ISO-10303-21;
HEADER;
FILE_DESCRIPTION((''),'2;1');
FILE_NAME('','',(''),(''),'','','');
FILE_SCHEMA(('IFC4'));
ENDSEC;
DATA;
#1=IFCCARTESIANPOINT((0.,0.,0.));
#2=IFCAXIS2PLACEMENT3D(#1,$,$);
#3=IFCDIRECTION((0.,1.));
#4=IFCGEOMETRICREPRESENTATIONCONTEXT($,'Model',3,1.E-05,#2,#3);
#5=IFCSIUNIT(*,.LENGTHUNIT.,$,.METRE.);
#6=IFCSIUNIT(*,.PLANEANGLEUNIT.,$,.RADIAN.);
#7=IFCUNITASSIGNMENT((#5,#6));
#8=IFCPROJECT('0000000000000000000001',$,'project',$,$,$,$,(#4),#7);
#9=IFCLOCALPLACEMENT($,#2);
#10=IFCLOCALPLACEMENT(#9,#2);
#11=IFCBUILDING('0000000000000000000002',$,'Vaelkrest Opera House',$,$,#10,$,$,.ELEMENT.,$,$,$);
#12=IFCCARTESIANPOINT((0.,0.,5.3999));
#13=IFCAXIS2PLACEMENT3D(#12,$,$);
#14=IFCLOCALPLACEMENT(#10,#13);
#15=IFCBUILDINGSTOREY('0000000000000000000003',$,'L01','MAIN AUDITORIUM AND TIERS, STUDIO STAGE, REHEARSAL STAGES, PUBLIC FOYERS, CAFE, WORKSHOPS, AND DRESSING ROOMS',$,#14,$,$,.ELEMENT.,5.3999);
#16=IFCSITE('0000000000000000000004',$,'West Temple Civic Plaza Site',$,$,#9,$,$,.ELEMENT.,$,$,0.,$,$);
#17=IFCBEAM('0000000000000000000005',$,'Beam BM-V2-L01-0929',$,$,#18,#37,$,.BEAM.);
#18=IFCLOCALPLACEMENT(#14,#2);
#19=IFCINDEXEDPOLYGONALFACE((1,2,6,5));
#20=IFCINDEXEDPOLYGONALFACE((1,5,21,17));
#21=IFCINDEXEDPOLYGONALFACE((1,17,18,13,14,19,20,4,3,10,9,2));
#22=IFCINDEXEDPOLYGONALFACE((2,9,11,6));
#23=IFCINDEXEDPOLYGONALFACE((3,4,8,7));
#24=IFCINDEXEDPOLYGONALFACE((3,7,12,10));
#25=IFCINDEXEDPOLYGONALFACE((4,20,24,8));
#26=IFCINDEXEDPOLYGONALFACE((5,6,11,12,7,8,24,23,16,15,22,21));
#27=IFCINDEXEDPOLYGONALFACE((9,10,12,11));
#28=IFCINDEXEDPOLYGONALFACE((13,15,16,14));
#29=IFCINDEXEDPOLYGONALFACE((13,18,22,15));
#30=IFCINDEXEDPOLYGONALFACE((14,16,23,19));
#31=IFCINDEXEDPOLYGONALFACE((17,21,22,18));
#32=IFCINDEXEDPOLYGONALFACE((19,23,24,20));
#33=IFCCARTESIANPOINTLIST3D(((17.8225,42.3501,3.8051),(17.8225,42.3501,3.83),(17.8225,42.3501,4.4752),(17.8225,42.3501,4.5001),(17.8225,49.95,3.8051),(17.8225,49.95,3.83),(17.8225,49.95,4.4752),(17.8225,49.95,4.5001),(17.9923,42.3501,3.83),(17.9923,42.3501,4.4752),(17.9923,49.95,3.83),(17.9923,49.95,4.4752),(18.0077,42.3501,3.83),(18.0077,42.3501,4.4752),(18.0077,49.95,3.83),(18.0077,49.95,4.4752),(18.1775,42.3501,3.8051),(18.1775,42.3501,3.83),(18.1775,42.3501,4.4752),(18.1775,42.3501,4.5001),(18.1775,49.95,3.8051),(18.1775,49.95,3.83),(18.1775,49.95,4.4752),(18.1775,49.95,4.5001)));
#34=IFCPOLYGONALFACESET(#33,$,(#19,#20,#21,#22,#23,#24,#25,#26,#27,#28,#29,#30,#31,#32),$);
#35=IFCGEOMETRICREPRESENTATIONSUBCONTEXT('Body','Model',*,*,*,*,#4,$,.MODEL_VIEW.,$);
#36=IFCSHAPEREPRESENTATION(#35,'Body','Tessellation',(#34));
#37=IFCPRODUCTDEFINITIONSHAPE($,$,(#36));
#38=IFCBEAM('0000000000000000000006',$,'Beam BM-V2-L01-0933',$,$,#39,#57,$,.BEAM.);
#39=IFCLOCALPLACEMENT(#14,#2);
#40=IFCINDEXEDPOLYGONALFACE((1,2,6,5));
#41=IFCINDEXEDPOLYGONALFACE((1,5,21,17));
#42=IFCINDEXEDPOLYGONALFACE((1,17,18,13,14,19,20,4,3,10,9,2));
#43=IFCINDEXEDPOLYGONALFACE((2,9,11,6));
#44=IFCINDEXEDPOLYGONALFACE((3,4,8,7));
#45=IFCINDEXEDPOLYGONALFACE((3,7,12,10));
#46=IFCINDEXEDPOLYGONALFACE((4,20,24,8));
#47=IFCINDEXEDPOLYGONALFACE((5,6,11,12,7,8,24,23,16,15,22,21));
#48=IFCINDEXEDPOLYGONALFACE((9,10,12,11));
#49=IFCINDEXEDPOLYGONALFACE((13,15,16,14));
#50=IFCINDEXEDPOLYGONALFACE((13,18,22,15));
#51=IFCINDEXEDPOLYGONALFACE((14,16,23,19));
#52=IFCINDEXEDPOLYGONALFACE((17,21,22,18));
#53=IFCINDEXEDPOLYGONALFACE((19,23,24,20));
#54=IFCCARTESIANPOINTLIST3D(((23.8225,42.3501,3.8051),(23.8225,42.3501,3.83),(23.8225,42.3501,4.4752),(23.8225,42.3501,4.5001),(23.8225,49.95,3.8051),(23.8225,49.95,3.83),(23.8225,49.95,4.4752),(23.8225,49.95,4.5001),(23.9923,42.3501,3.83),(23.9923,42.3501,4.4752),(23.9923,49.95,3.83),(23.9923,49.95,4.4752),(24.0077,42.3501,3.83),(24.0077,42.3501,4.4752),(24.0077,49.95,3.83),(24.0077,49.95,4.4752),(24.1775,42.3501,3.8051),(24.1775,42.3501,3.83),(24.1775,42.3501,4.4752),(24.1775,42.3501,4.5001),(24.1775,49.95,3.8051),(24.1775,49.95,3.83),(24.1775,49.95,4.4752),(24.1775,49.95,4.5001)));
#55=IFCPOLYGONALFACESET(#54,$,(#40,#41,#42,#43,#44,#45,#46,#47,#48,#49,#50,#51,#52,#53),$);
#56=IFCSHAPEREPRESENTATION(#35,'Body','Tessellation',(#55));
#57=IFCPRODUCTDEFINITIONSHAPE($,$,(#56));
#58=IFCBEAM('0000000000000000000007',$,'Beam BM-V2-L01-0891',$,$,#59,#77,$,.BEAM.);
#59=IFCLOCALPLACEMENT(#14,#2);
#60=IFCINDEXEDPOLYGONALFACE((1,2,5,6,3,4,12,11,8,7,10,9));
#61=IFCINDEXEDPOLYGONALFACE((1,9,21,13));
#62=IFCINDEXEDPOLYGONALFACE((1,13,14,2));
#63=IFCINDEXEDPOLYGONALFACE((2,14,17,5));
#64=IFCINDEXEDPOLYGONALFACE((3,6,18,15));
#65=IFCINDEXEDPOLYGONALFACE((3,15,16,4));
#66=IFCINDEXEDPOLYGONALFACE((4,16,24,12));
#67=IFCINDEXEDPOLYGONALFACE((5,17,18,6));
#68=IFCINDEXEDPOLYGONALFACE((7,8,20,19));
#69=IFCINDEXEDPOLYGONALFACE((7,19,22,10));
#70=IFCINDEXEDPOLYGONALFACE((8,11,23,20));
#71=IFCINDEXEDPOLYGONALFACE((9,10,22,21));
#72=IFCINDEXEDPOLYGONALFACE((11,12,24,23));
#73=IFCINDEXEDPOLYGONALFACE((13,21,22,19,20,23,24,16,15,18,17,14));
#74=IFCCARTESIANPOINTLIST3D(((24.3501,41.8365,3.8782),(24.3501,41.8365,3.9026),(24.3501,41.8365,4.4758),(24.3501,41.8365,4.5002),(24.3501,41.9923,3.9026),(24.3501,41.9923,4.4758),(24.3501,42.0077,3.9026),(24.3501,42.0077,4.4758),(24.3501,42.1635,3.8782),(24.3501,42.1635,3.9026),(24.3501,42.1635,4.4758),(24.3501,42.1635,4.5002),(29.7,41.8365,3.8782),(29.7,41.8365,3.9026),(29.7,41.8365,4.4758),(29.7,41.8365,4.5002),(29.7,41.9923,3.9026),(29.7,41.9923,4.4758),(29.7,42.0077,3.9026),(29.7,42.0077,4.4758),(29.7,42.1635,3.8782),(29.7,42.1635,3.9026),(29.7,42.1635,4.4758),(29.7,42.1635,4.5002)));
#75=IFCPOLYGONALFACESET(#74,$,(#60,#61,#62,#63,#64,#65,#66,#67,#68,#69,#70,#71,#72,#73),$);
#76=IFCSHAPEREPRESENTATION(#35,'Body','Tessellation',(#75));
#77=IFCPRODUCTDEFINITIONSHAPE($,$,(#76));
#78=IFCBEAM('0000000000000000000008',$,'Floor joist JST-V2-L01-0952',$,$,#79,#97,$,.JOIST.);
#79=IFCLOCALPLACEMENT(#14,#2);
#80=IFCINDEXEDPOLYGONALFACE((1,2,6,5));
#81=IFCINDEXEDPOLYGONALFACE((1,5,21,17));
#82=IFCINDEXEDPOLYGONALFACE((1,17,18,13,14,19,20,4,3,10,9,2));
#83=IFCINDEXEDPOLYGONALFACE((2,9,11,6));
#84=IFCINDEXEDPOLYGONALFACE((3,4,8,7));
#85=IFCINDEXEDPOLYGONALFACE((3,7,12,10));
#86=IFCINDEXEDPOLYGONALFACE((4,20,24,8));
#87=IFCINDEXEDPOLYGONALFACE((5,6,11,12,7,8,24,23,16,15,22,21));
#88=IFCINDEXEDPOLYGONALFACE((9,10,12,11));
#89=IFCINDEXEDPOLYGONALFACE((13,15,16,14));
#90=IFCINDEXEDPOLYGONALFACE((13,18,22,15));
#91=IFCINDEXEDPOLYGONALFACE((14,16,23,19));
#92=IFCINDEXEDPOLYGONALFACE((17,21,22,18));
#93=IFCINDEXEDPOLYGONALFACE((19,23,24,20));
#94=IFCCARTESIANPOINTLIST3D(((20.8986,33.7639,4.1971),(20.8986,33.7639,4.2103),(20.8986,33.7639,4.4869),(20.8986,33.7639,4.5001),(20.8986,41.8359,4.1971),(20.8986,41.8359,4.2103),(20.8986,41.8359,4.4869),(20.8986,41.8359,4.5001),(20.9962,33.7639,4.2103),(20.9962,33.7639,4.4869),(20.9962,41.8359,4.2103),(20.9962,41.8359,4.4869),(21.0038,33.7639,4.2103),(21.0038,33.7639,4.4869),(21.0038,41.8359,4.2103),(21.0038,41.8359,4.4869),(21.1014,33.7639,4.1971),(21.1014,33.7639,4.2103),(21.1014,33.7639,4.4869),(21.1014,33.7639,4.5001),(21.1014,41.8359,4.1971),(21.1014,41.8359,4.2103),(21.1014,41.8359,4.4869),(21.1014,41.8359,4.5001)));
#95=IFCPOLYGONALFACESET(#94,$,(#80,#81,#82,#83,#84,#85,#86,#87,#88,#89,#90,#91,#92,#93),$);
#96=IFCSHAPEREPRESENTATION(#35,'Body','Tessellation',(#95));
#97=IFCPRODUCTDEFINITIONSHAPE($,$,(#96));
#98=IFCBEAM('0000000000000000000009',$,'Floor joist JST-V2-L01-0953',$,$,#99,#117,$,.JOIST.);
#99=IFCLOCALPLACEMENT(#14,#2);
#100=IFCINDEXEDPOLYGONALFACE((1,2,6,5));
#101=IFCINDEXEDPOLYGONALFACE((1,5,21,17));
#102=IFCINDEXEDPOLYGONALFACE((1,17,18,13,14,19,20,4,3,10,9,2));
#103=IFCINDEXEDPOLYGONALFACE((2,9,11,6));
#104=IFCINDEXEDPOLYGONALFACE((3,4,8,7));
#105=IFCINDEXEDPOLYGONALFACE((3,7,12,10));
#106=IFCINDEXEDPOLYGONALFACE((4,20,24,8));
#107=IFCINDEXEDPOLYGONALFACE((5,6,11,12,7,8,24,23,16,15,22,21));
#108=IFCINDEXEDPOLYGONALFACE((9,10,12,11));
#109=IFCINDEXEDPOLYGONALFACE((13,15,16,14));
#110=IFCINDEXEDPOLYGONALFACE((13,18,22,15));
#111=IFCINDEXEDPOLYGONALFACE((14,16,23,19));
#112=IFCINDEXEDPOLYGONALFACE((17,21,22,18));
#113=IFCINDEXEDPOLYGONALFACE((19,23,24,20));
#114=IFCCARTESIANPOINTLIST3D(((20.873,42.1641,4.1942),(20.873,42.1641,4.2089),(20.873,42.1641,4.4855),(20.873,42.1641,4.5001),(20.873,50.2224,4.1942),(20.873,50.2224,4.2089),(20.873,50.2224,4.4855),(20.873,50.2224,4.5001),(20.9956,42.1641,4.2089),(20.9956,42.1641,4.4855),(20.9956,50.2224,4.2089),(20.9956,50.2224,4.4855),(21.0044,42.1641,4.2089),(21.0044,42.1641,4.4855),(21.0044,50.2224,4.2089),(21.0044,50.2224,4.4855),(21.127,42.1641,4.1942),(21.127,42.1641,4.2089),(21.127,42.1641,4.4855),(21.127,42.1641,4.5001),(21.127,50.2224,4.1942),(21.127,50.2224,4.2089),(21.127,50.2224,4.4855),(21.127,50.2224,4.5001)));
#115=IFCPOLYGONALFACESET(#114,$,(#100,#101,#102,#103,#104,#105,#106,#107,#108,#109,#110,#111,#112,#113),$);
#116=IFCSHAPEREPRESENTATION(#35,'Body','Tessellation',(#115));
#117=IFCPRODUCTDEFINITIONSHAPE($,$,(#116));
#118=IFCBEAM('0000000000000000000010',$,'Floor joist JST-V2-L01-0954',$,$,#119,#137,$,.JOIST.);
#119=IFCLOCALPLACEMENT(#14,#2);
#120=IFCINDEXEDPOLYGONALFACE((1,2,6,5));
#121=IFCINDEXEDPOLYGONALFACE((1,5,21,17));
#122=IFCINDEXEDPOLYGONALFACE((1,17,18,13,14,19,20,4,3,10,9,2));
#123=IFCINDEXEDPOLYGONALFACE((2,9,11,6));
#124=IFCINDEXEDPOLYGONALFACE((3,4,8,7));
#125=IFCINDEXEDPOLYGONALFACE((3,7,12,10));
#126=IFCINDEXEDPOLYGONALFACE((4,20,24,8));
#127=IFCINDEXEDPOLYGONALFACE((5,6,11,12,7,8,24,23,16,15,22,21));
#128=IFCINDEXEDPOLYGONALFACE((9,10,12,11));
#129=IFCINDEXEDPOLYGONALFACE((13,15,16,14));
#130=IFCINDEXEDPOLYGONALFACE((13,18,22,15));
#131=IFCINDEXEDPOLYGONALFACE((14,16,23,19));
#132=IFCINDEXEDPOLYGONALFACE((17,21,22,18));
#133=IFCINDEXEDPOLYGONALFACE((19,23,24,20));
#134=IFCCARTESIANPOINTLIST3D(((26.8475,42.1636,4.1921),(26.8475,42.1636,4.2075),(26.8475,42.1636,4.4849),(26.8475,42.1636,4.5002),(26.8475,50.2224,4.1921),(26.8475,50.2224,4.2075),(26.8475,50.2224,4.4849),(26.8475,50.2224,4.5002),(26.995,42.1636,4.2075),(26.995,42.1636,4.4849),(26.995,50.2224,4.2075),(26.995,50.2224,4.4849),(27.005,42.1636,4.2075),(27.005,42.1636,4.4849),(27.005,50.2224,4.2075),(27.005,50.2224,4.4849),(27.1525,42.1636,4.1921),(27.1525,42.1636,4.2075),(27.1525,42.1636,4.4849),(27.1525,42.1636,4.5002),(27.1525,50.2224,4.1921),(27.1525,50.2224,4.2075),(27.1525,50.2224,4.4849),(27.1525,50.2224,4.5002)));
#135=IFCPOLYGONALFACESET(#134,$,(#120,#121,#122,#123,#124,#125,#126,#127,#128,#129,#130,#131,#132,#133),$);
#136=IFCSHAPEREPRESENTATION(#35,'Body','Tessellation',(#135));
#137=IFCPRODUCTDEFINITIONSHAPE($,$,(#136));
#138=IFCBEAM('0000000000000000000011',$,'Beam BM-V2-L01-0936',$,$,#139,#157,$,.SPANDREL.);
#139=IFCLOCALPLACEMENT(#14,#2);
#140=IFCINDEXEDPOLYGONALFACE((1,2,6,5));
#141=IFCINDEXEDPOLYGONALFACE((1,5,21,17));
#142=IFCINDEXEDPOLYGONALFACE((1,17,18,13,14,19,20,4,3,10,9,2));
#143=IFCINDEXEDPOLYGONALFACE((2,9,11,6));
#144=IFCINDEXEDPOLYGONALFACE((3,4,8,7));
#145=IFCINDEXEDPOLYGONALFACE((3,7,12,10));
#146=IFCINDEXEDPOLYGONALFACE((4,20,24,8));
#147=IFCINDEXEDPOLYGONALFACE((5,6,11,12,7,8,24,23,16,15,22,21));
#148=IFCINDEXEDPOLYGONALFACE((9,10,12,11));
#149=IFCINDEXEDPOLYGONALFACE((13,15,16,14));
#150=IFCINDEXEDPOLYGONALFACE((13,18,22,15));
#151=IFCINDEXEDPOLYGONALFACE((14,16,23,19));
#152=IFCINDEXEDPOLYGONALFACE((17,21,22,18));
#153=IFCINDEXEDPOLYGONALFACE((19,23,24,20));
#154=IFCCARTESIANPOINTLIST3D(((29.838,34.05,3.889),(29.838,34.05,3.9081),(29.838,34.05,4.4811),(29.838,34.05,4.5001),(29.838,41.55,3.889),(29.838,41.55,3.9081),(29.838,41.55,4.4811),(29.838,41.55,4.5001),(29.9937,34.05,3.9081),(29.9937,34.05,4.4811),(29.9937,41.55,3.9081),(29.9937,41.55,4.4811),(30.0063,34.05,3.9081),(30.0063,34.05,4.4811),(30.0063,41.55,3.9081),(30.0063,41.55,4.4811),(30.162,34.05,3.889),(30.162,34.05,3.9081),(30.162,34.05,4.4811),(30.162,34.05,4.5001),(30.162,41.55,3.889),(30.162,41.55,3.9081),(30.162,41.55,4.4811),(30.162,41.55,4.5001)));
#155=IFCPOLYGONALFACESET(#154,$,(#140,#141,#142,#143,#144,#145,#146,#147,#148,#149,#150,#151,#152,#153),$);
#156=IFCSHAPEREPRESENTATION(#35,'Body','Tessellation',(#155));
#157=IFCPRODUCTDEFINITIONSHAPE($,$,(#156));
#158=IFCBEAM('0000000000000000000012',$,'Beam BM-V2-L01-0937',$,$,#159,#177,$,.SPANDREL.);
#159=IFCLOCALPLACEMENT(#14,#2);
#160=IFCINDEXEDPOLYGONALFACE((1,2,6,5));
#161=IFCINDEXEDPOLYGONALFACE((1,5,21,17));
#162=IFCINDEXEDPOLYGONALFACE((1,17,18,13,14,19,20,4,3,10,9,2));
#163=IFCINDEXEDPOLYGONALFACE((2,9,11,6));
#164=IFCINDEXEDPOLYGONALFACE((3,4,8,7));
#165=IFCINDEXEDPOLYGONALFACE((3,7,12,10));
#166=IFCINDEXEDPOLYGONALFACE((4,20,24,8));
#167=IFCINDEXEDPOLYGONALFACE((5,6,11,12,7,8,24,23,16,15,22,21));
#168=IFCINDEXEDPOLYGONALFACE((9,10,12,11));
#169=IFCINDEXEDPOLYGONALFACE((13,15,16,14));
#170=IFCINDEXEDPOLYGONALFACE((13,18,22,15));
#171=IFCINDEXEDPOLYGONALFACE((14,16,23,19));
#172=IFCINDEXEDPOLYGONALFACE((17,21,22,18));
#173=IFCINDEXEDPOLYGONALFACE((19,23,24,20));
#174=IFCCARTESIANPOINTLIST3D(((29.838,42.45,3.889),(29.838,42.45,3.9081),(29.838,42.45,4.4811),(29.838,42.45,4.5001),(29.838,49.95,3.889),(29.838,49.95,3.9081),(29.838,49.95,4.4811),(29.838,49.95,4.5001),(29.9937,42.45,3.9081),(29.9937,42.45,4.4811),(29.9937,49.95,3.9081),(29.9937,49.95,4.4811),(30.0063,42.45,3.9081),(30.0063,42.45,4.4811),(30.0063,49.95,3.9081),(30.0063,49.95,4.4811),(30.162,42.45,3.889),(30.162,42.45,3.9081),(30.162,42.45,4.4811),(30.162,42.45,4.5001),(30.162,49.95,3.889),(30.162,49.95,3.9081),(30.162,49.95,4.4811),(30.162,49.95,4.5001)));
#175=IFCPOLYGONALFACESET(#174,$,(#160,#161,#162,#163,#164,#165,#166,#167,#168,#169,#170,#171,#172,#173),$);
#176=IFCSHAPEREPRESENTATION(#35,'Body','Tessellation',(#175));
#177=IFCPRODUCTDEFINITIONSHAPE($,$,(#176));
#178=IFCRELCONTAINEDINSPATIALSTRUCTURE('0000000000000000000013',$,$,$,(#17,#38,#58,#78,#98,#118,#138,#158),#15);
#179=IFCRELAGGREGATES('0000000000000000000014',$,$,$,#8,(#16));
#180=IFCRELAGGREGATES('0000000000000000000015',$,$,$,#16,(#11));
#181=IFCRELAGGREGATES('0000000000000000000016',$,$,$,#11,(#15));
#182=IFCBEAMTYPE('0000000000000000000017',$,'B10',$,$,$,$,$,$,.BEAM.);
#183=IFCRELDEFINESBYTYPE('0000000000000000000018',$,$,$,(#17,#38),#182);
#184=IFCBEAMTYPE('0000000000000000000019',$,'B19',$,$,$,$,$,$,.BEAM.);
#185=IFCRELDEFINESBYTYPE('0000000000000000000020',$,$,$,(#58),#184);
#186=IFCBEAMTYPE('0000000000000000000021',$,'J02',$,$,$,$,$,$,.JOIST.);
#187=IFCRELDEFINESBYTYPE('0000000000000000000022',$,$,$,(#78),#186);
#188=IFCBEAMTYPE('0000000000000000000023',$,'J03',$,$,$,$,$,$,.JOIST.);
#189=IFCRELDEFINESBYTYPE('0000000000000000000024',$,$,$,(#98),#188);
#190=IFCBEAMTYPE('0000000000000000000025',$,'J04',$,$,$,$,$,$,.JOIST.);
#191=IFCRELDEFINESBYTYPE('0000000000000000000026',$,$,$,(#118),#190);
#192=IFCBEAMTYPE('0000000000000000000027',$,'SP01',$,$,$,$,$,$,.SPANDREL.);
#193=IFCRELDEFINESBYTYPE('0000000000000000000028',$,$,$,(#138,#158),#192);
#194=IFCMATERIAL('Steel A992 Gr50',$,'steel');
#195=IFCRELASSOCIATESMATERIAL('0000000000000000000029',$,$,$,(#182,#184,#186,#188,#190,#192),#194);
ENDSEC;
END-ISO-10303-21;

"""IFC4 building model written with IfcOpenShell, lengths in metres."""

from ifc_helpers import new_model, si_unit, direction, frame, origin, origin_2d, place, context, subcontext, project, spatial, i_section, extrude, material, material_profile, profile_set, type_object, element, save


model = new_model("IFC4")

# Units and contexts
model_context = context("Model", 3, precision=1e-05, world=origin(), true_north=direction((0.0, 1.0)))
body_context = subcontext(model_context, "Body", "Model", "MODEL_VIEW")
ifc_project = project(units=[si_unit("LENGTHUNIT", "METRE"), si_unit("PLANEANGLEUNIT", "RADIAN")], contexts=[model_context])

# Site, building, storey
site_placement = place(None, origin())
site = spatial("IfcSite", under=ifc_project, at=site_placement, Name="West Temple Civic Plaza Site", CompositionType="ELEMENT", RefElevation=0.0)
building_placement = place(site_placement, origin())
building = spatial("IfcBuilding", under=site, at=building_placement, Name="Vaelkrest Opera House", CompositionType="ELEMENT")
storey_placement = place(building_placement, frame((0.0, 0.0, 5.3999)))
storey = spatial("IfcBuildingStorey", under=building, at=storey_placement, Name="L01", Description="MAIN AUDITORIUM AND TIERS, STUDIO STAGE, REHEARSAL STAGES, PUBLIC FOYERS, CAFE, WORKSHOPS, AND DRESSING ROOMS", CompositionType="ELEMENT", Elevation=5.3999)

# Beams
ifc_material_1 = material(Name="Steel A992 Gr50", Category="steel")
ifc_material_profile_1 = material_profile(ifc_material_1, i_section(OverallWidth=0.355, OverallDepth=0.6951, WebThickness=0.0154, FlangeThickness=0.0249, at=origin_2d()), Name="W27X146")
ifc_profile_set_1 = profile_set([ifc_material_profile_1], Name="Steel A992 Gr50")
beam_type_1 = type_object("IfcBeamType", Name="B10", PredefinedType="BEAM", material=ifc_profile_set_1)
for number, where, z_axis, x_axis, name in (
    (1, (18.0, 42.3501, 4.1526), (0.0, 1.0, 0.0), (-1.0, 0.0, 0.0), "Beam BM-V2-L01-0929"),
    (2, (24.0, 42.3501, 4.1526), (0.0, 1.0, 0.0), (-1.0, 0.0, 0.0), "Beam BM-V2-L01-0933"),
):
    element("IfcBeam", number, at=place(storey_placement, frame(where, z_axis=z_axis, x_axis=x_axis)), inside=storey, type_object=beam_type_1, Name=name, PredefinedType="BEAM", context=body_context, shape_type="SweptSolid", body=[
        extrude(i_section(OverallWidth=0.355, OverallDepth=0.6951, WebThickness=0.0154, FlangeThickness=0.0249, at=origin_2d()), origin(), (0.0, 0.0, 1.0), 7.5999),
    ])
ifc_material_profile_2 = material_profile(ifc_material_1, i_section(OverallWidth=0.3269, OverallDepth=0.6221, WebThickness=0.0154, FlangeThickness=0.0244, at=origin_2d()), Name="W24X131")
ifc_profile_set_2 = profile_set([ifc_material_profile_2], Name="Steel A992 Gr50")
beam_type_2 = type_object("IfcBeamType", Name="B19", PredefinedType="BEAM", material=ifc_profile_set_2)
beam_1_placement = place(storey_placement, frame((24.3501, 42.0, 4.1892), z_axis=(1.0, 0.0, 0.0), x_axis=(0.0, 1.0, 0.0)))
element("IfcBeam", 3, at=beam_1_placement, inside=storey, type_object=beam_type_2, Name="Beam BM-V2-L01-0891", PredefinedType="BEAM", context=body_context, shape_type="SweptSolid", body=[
    extrude(i_section(OverallWidth=0.3269, OverallDepth=0.6221, WebThickness=0.0154, FlangeThickness=0.0244, at=origin_2d()), origin(), (0.0, 0.0, 1.0), 5.3499),
])
ifc_material_profile_3 = material_profile(ifc_material_1, i_section(OverallWidth=0.2029, OverallDepth=0.303, WebThickness=0.0076, FlangeThickness=0.0132, at=origin_2d()), Name="W12X40")
ifc_profile_set_3 = profile_set([ifc_material_profile_3], Name="Steel A992 Gr50")
beam_type_3 = type_object("IfcBeamType", Name="J02", PredefinedType="JOIST", material=ifc_profile_set_3)
beam_2_placement = place(storey_placement, frame((21.0, 33.7639, 4.3486), z_axis=(0.0, 1.0, 0.0), x_axis=(-1.0, 0.0, 0.0)))
element("IfcBeam", 4, at=beam_2_placement, inside=storey, type_object=beam_type_3, Name="Floor joist JST-V2-L01-0952", PredefinedType="JOIST", context=body_context, shape_type="SweptSolid", body=[
    extrude(i_section(OverallWidth=0.2029, OverallDepth=0.303, WebThickness=0.0076, FlangeThickness=0.0132, at=origin_2d()), origin(), (0.0, 0.0, 1.0), 8.072),
])
ifc_material_profile_4 = material_profile(ifc_material_1, i_section(OverallWidth=0.2539, OverallDepth=0.3059, WebThickness=0.0088, FlangeThickness=0.0146, at=origin_2d()), Name="W12X53")
ifc_profile_set_4 = profile_set([ifc_material_profile_4], Name="Steel A992 Gr50")
beam_type_4 = type_object("IfcBeamType", Name="J03", PredefinedType="JOIST", material=ifc_profile_set_4)
beam_3_placement = place(storey_placement, frame((21.0, 42.1641, 4.3472), z_axis=(0.0, 1.0, 0.0), x_axis=(-1.0, 0.0, 0.0)))
element("IfcBeam", 5, at=beam_3_placement, inside=storey, type_object=beam_type_4, Name="Floor joist JST-V2-L01-0953", PredefinedType="JOIST", context=body_context, shape_type="SweptSolid", body=[
    extrude(i_section(OverallWidth=0.2539, OverallDepth=0.3059, WebThickness=0.0088, FlangeThickness=0.0146, at=origin_2d()), origin(), (0.0, 0.0, 1.0), 8.0583),
])
ifc_material_profile_5 = material_profile(ifc_material_1, i_section(OverallWidth=0.3049, OverallDepth=0.3081, WebThickness=0.01, FlangeThickness=0.0154, at=origin_2d()), Name="W12X65")
ifc_profile_set_5 = profile_set([ifc_material_profile_5], Name="Steel A992 Gr50")
beam_type_5 = type_object("IfcBeamType", Name="J04", PredefinedType="JOIST", material=ifc_profile_set_5)
beam_4_placement = place(storey_placement, frame((27.0, 42.1636, 4.3462), z_axis=(0.0, 1.0, 0.0), x_axis=(-1.0, 0.0, 0.0)))
element("IfcBeam", 6, at=beam_4_placement, inside=storey, type_object=beam_type_5, Name="Floor joist JST-V2-L01-0954", PredefinedType="JOIST", context=body_context, shape_type="SweptSolid", body=[
    extrude(i_section(OverallWidth=0.3049, OverallDepth=0.3081, WebThickness=0.01, FlangeThickness=0.0154, at=origin_2d()), origin(), (0.0, 0.0, 1.0), 8.0588),
])
ifc_material_profile_6 = material_profile(ifc_material_1, i_section(OverallWidth=0.324, OverallDepth=0.6111, WebThickness=0.0127, FlangeThickness=0.019, at=origin_2d()), Name="W24X104")
ifc_profile_set_6 = profile_set([ifc_material_profile_6], Name="Steel A992 Gr50")
beam_type_6 = type_object("IfcBeamType", Name="SP01", PredefinedType="SPANDREL", material=ifc_profile_set_6)
for number, where, z_axis, x_axis, name in (
    (7, (30.0, 34.05, 4.1946), (0.0, 1.0, 0.0), (-1.0, 0.0, 0.0), "Beam BM-V2-L01-0936"),
    (8, (30.0, 42.45, 4.1946), (0.0, 1.0, 0.0), (-1.0, 0.0, 0.0), "Beam BM-V2-L01-0937"),
):
    element("IfcBeam", number, at=place(storey_placement, frame(where, z_axis=z_axis, x_axis=x_axis)), inside=storey, type_object=beam_type_6, Name=name, PredefinedType="SPANDREL", context=body_context, shape_type="SweptSolid", body=[
        extrude(i_section(OverallWidth=0.324, OverallDepth=0.6111, WebThickness=0.0127, FlangeThickness=0.019, at=origin_2d()), origin(), (0.0, 0.0, 1.0), 7.5),
    ])

save(model, "model.ifc")
